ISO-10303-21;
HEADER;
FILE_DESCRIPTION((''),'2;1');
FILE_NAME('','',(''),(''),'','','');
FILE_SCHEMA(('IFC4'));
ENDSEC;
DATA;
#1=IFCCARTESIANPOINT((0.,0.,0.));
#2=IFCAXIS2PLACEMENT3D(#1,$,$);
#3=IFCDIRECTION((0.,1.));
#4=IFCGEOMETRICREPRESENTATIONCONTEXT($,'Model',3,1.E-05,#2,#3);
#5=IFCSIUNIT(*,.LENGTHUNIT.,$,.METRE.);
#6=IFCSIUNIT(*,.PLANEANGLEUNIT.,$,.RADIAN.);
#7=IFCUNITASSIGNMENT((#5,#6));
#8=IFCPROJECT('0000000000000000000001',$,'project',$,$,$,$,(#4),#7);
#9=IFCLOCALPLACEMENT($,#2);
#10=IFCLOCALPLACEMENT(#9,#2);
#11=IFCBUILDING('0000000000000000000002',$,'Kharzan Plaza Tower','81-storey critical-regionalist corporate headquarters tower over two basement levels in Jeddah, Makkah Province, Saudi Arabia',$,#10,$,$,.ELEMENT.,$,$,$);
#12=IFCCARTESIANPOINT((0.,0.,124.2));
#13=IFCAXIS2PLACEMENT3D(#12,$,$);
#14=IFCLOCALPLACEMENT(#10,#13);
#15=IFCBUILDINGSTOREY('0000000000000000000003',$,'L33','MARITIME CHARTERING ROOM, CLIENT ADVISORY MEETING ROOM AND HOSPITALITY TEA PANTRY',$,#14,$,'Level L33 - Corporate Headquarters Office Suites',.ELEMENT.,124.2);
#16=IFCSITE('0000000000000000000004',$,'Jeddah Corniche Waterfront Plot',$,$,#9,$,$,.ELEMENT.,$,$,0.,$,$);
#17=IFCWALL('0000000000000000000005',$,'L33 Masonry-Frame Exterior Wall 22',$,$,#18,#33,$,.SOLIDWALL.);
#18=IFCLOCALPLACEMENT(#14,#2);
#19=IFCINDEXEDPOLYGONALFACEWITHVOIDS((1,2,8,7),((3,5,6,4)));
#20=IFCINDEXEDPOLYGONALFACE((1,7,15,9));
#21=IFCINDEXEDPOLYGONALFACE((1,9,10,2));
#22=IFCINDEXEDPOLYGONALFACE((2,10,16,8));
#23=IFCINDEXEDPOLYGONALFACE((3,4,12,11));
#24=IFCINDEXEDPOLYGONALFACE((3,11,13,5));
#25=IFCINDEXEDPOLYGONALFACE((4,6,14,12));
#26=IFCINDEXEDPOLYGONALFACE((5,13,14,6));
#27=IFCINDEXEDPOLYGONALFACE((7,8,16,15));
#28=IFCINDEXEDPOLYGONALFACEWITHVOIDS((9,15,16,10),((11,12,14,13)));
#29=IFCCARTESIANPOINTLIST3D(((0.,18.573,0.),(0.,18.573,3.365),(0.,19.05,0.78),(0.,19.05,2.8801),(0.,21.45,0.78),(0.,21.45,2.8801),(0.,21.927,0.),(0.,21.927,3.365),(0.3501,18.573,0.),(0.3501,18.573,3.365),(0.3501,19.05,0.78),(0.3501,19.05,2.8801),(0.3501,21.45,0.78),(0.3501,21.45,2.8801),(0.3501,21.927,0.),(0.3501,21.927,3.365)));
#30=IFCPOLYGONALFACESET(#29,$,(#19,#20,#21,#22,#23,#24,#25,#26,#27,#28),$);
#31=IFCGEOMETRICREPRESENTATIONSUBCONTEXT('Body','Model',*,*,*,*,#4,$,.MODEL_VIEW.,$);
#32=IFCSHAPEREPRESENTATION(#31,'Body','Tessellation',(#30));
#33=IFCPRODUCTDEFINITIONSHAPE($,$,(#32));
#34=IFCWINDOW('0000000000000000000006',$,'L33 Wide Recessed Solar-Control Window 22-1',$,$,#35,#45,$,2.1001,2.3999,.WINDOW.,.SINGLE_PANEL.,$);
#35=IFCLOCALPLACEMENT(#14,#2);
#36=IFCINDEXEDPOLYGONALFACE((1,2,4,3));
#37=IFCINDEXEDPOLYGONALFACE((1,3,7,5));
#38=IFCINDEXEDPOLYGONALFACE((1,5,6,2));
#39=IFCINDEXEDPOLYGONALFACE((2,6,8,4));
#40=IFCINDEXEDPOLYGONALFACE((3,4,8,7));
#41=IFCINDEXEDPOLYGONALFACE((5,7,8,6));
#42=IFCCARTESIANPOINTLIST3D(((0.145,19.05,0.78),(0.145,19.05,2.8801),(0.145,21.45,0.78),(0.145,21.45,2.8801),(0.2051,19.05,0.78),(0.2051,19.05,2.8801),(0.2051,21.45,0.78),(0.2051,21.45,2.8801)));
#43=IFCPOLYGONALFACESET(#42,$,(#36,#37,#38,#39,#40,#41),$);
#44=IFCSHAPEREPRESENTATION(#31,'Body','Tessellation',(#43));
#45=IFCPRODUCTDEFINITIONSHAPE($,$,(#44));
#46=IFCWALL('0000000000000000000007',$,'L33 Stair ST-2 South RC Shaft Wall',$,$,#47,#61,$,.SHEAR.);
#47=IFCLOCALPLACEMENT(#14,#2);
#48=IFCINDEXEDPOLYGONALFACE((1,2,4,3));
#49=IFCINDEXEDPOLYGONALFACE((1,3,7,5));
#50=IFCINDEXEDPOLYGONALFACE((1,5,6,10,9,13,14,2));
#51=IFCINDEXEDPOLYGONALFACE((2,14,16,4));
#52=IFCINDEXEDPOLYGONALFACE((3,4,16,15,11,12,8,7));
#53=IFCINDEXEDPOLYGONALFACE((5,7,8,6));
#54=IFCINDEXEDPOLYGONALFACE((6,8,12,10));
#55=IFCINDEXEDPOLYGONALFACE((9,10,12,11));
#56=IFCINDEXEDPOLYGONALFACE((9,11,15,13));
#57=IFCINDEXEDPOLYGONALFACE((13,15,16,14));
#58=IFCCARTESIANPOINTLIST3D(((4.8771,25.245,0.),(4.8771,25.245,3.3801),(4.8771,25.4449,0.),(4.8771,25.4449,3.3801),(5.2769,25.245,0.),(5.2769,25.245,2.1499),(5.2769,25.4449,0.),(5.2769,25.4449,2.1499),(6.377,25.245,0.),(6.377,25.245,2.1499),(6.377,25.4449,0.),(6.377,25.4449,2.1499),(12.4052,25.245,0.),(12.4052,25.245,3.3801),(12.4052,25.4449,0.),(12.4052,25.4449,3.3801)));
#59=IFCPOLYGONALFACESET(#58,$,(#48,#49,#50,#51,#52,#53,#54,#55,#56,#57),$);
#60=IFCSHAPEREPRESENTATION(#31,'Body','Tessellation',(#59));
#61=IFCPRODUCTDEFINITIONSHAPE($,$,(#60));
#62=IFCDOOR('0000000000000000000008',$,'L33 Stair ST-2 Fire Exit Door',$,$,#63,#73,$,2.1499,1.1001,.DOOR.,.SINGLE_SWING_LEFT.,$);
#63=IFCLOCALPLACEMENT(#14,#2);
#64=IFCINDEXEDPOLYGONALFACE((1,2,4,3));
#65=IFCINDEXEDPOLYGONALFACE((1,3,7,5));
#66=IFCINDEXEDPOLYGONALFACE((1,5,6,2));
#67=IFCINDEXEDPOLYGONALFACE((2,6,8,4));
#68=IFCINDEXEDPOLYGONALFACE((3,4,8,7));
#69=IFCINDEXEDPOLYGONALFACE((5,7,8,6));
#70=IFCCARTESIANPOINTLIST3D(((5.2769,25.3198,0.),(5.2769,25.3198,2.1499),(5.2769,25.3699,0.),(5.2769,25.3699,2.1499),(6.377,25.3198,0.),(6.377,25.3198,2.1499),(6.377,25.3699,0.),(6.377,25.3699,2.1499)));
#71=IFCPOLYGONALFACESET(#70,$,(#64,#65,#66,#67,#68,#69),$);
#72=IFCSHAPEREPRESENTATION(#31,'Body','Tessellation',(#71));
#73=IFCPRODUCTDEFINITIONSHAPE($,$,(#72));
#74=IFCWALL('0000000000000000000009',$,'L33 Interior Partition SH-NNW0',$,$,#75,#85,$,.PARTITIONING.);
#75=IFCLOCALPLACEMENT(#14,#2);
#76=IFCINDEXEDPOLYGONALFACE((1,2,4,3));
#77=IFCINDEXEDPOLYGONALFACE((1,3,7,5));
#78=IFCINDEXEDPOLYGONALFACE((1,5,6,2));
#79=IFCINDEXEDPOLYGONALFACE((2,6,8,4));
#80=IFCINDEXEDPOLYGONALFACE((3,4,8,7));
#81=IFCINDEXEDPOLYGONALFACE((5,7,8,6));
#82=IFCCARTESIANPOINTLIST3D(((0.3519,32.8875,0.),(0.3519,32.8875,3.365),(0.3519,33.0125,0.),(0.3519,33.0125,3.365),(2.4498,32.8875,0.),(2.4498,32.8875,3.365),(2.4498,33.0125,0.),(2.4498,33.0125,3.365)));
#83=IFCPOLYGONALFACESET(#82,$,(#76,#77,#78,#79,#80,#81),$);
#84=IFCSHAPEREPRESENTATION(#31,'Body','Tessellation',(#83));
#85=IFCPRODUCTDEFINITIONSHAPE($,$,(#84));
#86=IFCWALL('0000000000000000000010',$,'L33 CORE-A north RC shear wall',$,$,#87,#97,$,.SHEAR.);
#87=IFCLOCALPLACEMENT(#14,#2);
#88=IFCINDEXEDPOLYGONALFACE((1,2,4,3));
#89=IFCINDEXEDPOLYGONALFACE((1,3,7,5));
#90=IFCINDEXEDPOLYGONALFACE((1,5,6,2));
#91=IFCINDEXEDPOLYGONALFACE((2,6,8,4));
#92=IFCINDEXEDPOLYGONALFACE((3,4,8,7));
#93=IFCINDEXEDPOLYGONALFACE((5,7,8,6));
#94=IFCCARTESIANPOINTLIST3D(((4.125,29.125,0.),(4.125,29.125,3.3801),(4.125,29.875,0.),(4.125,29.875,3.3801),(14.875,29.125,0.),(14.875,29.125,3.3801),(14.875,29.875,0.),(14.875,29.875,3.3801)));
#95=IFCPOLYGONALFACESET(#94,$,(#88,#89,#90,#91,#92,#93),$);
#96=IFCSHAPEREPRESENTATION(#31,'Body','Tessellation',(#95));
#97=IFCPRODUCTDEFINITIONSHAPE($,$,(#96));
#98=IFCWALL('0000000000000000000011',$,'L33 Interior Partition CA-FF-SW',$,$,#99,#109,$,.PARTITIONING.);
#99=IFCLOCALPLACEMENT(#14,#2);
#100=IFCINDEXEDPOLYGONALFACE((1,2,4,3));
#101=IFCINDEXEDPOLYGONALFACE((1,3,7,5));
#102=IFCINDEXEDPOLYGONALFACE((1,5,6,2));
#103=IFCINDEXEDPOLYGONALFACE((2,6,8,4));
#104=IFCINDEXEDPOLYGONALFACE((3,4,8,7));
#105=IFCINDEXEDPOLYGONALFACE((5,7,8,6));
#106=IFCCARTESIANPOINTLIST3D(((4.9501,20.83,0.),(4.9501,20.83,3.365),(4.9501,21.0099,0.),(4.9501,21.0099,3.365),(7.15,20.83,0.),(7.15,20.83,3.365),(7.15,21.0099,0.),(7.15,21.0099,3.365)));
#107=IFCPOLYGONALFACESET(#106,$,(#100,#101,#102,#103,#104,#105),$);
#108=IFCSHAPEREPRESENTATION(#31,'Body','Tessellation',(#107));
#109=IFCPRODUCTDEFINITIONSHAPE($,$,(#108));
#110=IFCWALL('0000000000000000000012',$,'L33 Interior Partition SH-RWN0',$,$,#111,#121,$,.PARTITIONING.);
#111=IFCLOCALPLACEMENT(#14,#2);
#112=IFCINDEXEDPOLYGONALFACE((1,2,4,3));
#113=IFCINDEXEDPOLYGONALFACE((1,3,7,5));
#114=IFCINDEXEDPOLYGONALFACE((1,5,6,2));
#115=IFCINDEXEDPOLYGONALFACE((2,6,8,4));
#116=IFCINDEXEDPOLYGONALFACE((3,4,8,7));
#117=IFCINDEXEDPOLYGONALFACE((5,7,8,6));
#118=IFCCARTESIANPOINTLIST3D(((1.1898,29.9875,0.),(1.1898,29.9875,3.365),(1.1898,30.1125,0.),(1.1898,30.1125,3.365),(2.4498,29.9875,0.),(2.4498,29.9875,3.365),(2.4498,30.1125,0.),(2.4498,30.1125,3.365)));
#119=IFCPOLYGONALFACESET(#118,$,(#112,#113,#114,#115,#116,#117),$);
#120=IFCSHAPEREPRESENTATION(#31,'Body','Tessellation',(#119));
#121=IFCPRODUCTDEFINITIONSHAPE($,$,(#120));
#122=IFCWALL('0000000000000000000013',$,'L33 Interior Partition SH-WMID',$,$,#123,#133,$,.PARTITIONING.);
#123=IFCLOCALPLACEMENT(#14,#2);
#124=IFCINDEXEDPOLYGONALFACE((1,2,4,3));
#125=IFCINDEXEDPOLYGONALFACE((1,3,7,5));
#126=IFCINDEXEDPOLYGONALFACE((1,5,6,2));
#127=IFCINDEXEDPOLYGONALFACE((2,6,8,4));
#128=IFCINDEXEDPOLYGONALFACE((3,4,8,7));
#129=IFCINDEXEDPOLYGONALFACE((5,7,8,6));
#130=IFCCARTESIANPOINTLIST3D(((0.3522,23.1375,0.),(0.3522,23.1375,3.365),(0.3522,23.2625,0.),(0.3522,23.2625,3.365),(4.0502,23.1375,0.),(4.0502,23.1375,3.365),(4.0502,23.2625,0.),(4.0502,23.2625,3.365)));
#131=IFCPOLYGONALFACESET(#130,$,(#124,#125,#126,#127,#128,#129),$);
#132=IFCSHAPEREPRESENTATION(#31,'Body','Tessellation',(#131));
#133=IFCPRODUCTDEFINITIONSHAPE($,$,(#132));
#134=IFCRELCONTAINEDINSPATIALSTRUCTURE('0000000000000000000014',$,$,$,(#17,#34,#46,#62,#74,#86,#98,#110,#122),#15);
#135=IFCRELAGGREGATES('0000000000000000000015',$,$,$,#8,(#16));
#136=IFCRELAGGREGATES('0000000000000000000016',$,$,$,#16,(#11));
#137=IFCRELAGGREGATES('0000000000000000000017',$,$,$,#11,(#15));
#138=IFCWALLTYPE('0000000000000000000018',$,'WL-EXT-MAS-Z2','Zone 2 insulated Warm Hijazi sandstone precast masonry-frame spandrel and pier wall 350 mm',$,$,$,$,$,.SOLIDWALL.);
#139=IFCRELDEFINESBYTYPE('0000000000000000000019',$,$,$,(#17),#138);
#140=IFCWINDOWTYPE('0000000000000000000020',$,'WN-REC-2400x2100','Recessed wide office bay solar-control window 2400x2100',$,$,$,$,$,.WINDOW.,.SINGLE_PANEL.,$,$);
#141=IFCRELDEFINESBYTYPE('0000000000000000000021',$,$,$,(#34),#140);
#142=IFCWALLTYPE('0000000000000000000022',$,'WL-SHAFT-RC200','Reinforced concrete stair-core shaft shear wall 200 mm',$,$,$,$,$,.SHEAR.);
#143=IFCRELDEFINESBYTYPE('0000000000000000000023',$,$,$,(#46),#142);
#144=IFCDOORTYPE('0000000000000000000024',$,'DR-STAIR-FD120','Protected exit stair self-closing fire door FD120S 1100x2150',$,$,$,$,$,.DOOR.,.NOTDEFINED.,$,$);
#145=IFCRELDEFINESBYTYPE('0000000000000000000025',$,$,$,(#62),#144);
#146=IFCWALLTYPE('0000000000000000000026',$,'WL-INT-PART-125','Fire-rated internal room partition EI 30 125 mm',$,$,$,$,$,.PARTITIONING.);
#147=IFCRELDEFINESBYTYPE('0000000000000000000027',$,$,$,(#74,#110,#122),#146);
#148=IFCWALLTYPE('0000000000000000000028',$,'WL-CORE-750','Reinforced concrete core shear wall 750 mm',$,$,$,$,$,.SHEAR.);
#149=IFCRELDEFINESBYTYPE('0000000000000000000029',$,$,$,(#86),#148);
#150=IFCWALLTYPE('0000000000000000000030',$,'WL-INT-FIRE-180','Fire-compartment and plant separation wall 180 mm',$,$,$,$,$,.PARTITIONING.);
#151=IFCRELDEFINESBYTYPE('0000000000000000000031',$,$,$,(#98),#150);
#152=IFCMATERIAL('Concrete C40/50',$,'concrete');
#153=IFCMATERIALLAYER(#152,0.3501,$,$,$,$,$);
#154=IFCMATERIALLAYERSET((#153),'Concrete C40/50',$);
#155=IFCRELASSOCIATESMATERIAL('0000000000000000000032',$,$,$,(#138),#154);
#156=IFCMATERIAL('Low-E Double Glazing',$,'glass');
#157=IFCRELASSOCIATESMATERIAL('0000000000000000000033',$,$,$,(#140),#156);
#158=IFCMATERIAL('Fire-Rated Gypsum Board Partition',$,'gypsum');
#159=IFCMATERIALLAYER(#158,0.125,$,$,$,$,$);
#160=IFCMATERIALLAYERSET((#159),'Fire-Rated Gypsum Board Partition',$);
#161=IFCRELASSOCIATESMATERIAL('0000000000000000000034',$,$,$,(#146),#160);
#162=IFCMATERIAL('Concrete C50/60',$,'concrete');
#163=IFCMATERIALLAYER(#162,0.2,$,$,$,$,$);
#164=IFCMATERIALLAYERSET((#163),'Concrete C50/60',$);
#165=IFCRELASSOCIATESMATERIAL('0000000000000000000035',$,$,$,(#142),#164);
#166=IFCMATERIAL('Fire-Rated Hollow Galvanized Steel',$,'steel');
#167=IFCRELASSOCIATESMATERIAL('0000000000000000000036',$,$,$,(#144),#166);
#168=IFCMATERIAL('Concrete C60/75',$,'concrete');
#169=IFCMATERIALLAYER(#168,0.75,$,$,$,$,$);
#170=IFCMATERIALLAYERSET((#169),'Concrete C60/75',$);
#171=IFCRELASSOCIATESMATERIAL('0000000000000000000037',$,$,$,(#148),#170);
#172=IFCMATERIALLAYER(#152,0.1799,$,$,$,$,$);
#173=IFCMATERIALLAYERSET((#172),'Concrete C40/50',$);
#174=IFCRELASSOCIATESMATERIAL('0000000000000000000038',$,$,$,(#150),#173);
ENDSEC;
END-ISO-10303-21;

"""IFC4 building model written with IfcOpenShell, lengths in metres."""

from ifc_helpers import new_model, si_unit, direction, frame, frame_2d, origin, place, context, subcontext, project, spatial, rectangle, extrude, source, transform, mapped, material, layer, layer_set, type_object, element, fill, save


model = new_model("IFC4")

# Units and contexts
model_context = context("Model", 3, precision=1e-05, world=origin(), true_north=direction((0.0, 1.0)))
body_context = subcontext(model_context, "Body", "Model", "MODEL_VIEW")
ifc_project = project(units=[si_unit("LENGTHUNIT", "METRE"), si_unit("PLANEANGLEUNIT", "RADIAN")], contexts=[model_context])

# Site, building, storey
site_placement = place(None, origin())
site = spatial("IfcSite", under=ifc_project, at=site_placement, Name="Jeddah Corniche Waterfront Plot", CompositionType="ELEMENT", RefElevation=0.0)
building_placement = place(site_placement, origin())
building = spatial("IfcBuilding", under=site, at=building_placement, Name="Kharzan Plaza Tower", Description="81-storey critical-regionalist corporate headquarters tower over two basement levels in Jeddah, Makkah Province, Saudi Arabia", CompositionType="ELEMENT")
storey_placement = place(building_placement, frame((0.0, 0.0, 124.2)))
storey = spatial("IfcBuildingStorey", under=building, at=storey_placement, Name="L33", Description="MARITIME CHARTERING ROOM, CLIENT ADVISORY MEETING ROOM AND HOSPITALITY TEA PANTRY", LongName="Level L33 - Corporate Headquarters Office Suites", CompositionType="ELEMENT", Elevation=124.2)

# Shared definitions
ifc_material_1 = material(Name="Concrete C60/75", Category="concrete")

# Wall, opening, window
ifc_material_2 = material(Name="Concrete C40/50", Category="concrete")
ifc_layer_1 = layer(ifc_material_2, 0.3501)
ifc_layer_set_1 = layer_set([ifc_layer_1], Name="Concrete C40/50")
wall_type_1 = type_object("IfcWallType", Name="WL-EXT-MAS-Z2", Description="Zone 2 insulated Warm Hijazi sandstone precast masonry-frame spandrel and pier wall 350 mm", PredefinedType="SOLIDWALL", material=ifc_layer_set_1)
ifc_material_3 = material(Name="Low-E Double Glazing", Category="glass")
wall_1_placement = place(storey_placement, frame((0.175, 21.927, 0.0), z_axis=(0.0, 0.0, 1.0), x_axis=(0.0, -1.0, 0.0)))
wall_1 = element("IfcWall", 1, at=wall_1_placement, inside=storey, type_object=wall_type_1, Name="L33 Masonry-Frame Exterior Wall 22", PredefinedType="SOLIDWALL", context=body_context, shape_type="SweptSolid", body=[
    extrude(rectangle(XDim=3.354, YDim=0.3501, at=frame_2d((1.677, 0.0))), origin(), (0.0, 0.0, 1.0), 3.365),
])
opening_1_placement = place(wall_1_placement, frame((0.4771, 0.0, 0.78)))
opening_1 = element("IfcOpeningElement", 2, at=opening_1_placement, cuts=wall_1, PredefinedType="OPENING", context=body_context, shape_type="SweptSolid", body=[
    extrude(rectangle(XDim=2.3999, YDim=2.1001, at=frame_2d((1.2, 1.05))), frame((0.0, 0.1851, 0.0), z_axis=(0.0, -1.0, 0.0), x_axis=(1.0, 0.0, 0.0)), (0.0, 0.0, 1.0), 0.3701),
])
window_type_1 = type_object("IfcWindowType", Name="WN-REC-2400x2100", Description="Recessed wide office bay solar-control window 2400x2100", PartitioningType="SINGLE_PANEL", PredefinedType="WINDOW", material=ifc_material_3)
shared_shape_1 = source(origin(), body_context, "Body", "SweptSolid", [
    extrude(rectangle(XDim=2.3999, YDim=2.1001, at=frame_2d((1.2, 1.05))), frame((0.0, 0.03, 0.0), z_axis=(0.0, -1.0, 0.0), x_axis=(1.0, 0.0, 0.0)), (0.0, 0.0, 1.0), 0.0601),
])
window_1_placement = place(opening_1_placement, origin())
window_1 = element("IfcWindow", 3, at=window_1_placement, inside=storey, type_object=window_type_1, Name="L33 Wide Recessed Solar-Control Window 22-1", OverallHeight=2.1001, OverallWidth=2.3999, PartitioningType="SINGLE_PANEL", PredefinedType="WINDOW", context=body_context, shape_type="MappedRepresentation", body=[
    mapped(shared_shape_1, transform((0.0, 0.0, 0.0), x_axis=(1.0, 0.0, 0.0), y_axis=(0.0, 1.0, 0.0), z_axis=(0.0, 0.0, 1.0))),
])
fill(opening_1, window_1)

# Wall, opening, door
ifc_material_4 = material(Name="Fire-Rated Gypsum Board Partition", Category="gypsum")
ifc_layer_2 = layer(ifc_material_4, 0.125)
ifc_layer_set_2 = layer_set([ifc_layer_2], Name="Fire-Rated Gypsum Board Partition")
wall_type_2 = type_object("IfcWallType", Name="WL-INT-PART-125", Description="Fire-rated internal room partition EI 30 125 mm", PredefinedType="PARTITIONING", material=ifc_layer_set_2)
ifc_material_5 = material(Name="Concrete C50/60", Category="concrete")
ifc_layer_3 = layer(ifc_material_5, 0.2)
ifc_layer_set_3 = layer_set([ifc_layer_3], Name="Concrete C50/60")
wall_type_3 = type_object("IfcWallType", Name="WL-SHAFT-RC200", Description="Reinforced concrete stair-core shaft shear wall 200 mm", PredefinedType="SHEAR", material=ifc_layer_set_3)
wall_2_placement = place(storey_placement, frame((4.877, 25.345, 0.0), z_axis=(0.0, 0.0, 1.0), x_axis=(1.0, 0.0, 0.0)))
wall_2 = element("IfcWall", 4, at=wall_2_placement, inside=storey, type_object=wall_type_3, Name="L33 Stair ST-2 South RC Shaft Wall", PredefinedType="SHEAR", context=body_context, shape_type="SweptSolid", body=[
    extrude(rectangle(XDim=7.5281, YDim=0.2, at=frame_2d((3.7642, 0.0))), origin(), (0.0, 0.0, 1.0), 3.3801),
])
opening_2_placement = place(wall_2_placement, frame((0.3999, 0.0, 0.0)))
opening_2 = element("IfcOpeningElement", 5, at=opening_2_placement, cuts=wall_2, PredefinedType="OPENING", context=body_context, shape_type="SweptSolid", body=[
    extrude(rectangle(XDim=1.1001, YDim=2.1499, at=frame_2d((0.55, 1.075))), frame((0.0, 0.1099, 0.0), z_axis=(0.0, -1.0, 0.0), x_axis=(1.0, 0.0, 0.0)), (0.0, 0.0, 1.0), 0.22),
])
ifc_material_6 = material(Name="Fire-Rated Hollow Galvanized Steel", Category="steel")
door_type_1 = type_object("IfcDoorType", Name="DR-STAIR-FD120", Description="Protected exit stair self-closing fire door FD120S 1100x2150", OperationType="NOTDEFINED", PredefinedType="DOOR", material=ifc_material_6)
shared_shape_2 = source(origin(), body_context, "Body", "SweptSolid", [
    extrude(rectangle(XDim=1.1001, YDim=2.1499, at=frame_2d((0.55, 1.075))), frame((0.0, 0.0249, 0.0), z_axis=(0.0, -1.0, 0.0), x_axis=(1.0, 0.0, 0.0)), (0.0, 0.0, 1.0), 0.05),
])
door_1_placement = place(opening_2_placement, origin())
door_1 = element("IfcDoor", 6, at=door_1_placement, inside=storey, type_object=door_type_1, Name="L33 Stair ST-2 Fire Exit Door", OperationType="SINGLE_SWING_LEFT", OverallHeight=2.1499, OverallWidth=1.1001, PredefinedType="DOOR", context=body_context, shape_type="MappedRepresentation", body=[
    mapped(shared_shape_2, transform((0.0, 0.0, 0.0), x_axis=(1.0, 0.0, 0.0), y_axis=(0.0, 1.0, 0.0), z_axis=(0.0, 0.0, 1.0))),
])
fill(opening_2, door_1)

# Walls
shared_shape_3 = source(origin(), body_context, "Body", "SweptSolid", [
    extrude(rectangle(XDim=2.0979, YDim=0.125, at=frame_2d((1.0488, 0.0))), origin(), (0.0, 0.0, 1.0), 3.365),
])
wall_3_placement = place(storey_placement, frame((0.3521, 32.95, 0.0), z_axis=(0.0, 0.0, 1.0), x_axis=(1.0, 0.0, 0.0)))
element("IfcWall", 7, at=wall_3_placement, inside=storey, type_object=wall_type_2, Name="L33 Interior Partition SH-NNW0", PredefinedType="PARTITIONING", context=body_context, shape_type="MappedRepresentation", body=[
    mapped(shared_shape_3, transform((0.0, 0.0, 0.0), x_axis=(1.0, 0.0, 0.0), y_axis=(0.0, 1.0, 0.0), z_axis=(0.0, 0.0, 1.0))),
])
ifc_layer_4 = layer(ifc_material_1, 0.75)
ifc_layer_set_4 = layer_set([ifc_layer_4], Name="Concrete C60/75")
wall_type_4 = type_object("IfcWallType", Name="WL-CORE-750", Description="Reinforced concrete core shear wall 750 mm", PredefinedType="SHEAR", material=ifc_layer_set_4)
shared_shape_4 = source(origin(), body_context, "Body", "SweptSolid", [
    extrude(rectangle(XDim=10.75, YDim=0.75, at=frame_2d((5.375, 0.0))), origin(), (0.0, 0.0, 1.0), 3.3801),
])
wall_4_placement = place(storey_placement, frame((4.125, 29.5, 0.0), z_axis=(0.0, 0.0, 1.0), x_axis=(1.0, 0.0, 0.0)))
element("IfcWall", 8, at=wall_4_placement, inside=storey, type_object=wall_type_4, Name="L33 CORE-A north RC shear wall", PredefinedType="SHEAR", context=body_context, shape_type="MappedRepresentation", body=[
    mapped(shared_shape_4, transform((0.0, 0.0, 0.0), x_axis=(1.0, 0.0, 0.0), y_axis=(0.0, 1.0, 0.0), z_axis=(0.0, 0.0, 1.0))),
])
ifc_layer_5 = layer(ifc_material_2, 0.1799)
ifc_layer_set_5 = layer_set([ifc_layer_5], Name="Concrete C40/50")
wall_type_5 = type_object("IfcWallType", Name="WL-INT-FIRE-180", Description="Fire-compartment and plant separation wall 180 mm", PredefinedType="PARTITIONING", material=ifc_layer_set_5)
shared_shape_5 = source(origin(), body_context, "Body", "SweptSolid", [
    extrude(rectangle(XDim=2.2, YDim=0.1799, at=frame_2d((1.1001, 0.0))), origin(), (0.0, 0.0, 1.0), 3.365),
])
wall_5_placement = place(storey_placement, frame((4.95, 20.9199, 0.0), z_axis=(0.0, 0.0, 1.0), x_axis=(1.0, 0.0, 0.0)))
element("IfcWall", 9, at=wall_5_placement, inside=storey, type_object=wall_type_5, Name="L33 Interior Partition CA-FF-SW", PredefinedType="PARTITIONING", context=body_context, shape_type="MappedRepresentation", body=[
    mapped(shared_shape_5, transform((0.0, 0.0, 0.0), x_axis=(1.0, 0.0, 0.0), y_axis=(0.0, 1.0, 0.0), z_axis=(0.0, 0.0, 1.0))),
])
shared_shape_6 = source(origin(), body_context, "Body", "SweptSolid", [
    extrude(rectangle(XDim=1.26, YDim=0.125, at=frame_2d((0.6299, 0.0))), origin(), (0.0, 0.0, 1.0), 3.365),
])
wall_6_placement = place(storey_placement, frame((1.1899, 30.05, 0.0), z_axis=(0.0, 0.0, 1.0), x_axis=(1.0, 0.0, 0.0)))
element("IfcWall", 10, at=wall_6_placement, inside=storey, type_object=wall_type_2, Name="L33 Interior Partition SH-RWN0", PredefinedType="PARTITIONING", context=body_context, shape_type="MappedRepresentation", body=[
    mapped(shared_shape_6, transform((0.0, 0.0, 0.0), x_axis=(1.0, 0.0, 0.0), y_axis=(0.0, 1.0, 0.0), z_axis=(0.0, 0.0, 1.0))),
])
shared_shape_7 = source(origin(), body_context, "Body", "SweptSolid", [
    extrude(rectangle(XDim=3.698, YDim=0.125, at=frame_2d((1.8491, 0.0))), origin(), (0.0, 0.0, 1.0), 3.365),
])
wall_7_placement = place(storey_placement, frame((0.3521, 23.2, 0.0), z_axis=(0.0, 0.0, 1.0), x_axis=(1.0, 0.0, 0.0)))
element("IfcWall", 11, at=wall_7_placement, inside=storey, type_object=wall_type_2, Name="L33 Interior Partition SH-WMID", PredefinedType="PARTITIONING", context=body_context, shape_type="MappedRepresentation", body=[
    mapped(shared_shape_7, transform((0.0, 0.0, 0.0), x_axis=(1.0, 0.0, 0.0), y_axis=(0.0, 1.0, 0.0), z_axis=(0.0, 0.0, 1.0))),
])

save(model, "model.ifc")
